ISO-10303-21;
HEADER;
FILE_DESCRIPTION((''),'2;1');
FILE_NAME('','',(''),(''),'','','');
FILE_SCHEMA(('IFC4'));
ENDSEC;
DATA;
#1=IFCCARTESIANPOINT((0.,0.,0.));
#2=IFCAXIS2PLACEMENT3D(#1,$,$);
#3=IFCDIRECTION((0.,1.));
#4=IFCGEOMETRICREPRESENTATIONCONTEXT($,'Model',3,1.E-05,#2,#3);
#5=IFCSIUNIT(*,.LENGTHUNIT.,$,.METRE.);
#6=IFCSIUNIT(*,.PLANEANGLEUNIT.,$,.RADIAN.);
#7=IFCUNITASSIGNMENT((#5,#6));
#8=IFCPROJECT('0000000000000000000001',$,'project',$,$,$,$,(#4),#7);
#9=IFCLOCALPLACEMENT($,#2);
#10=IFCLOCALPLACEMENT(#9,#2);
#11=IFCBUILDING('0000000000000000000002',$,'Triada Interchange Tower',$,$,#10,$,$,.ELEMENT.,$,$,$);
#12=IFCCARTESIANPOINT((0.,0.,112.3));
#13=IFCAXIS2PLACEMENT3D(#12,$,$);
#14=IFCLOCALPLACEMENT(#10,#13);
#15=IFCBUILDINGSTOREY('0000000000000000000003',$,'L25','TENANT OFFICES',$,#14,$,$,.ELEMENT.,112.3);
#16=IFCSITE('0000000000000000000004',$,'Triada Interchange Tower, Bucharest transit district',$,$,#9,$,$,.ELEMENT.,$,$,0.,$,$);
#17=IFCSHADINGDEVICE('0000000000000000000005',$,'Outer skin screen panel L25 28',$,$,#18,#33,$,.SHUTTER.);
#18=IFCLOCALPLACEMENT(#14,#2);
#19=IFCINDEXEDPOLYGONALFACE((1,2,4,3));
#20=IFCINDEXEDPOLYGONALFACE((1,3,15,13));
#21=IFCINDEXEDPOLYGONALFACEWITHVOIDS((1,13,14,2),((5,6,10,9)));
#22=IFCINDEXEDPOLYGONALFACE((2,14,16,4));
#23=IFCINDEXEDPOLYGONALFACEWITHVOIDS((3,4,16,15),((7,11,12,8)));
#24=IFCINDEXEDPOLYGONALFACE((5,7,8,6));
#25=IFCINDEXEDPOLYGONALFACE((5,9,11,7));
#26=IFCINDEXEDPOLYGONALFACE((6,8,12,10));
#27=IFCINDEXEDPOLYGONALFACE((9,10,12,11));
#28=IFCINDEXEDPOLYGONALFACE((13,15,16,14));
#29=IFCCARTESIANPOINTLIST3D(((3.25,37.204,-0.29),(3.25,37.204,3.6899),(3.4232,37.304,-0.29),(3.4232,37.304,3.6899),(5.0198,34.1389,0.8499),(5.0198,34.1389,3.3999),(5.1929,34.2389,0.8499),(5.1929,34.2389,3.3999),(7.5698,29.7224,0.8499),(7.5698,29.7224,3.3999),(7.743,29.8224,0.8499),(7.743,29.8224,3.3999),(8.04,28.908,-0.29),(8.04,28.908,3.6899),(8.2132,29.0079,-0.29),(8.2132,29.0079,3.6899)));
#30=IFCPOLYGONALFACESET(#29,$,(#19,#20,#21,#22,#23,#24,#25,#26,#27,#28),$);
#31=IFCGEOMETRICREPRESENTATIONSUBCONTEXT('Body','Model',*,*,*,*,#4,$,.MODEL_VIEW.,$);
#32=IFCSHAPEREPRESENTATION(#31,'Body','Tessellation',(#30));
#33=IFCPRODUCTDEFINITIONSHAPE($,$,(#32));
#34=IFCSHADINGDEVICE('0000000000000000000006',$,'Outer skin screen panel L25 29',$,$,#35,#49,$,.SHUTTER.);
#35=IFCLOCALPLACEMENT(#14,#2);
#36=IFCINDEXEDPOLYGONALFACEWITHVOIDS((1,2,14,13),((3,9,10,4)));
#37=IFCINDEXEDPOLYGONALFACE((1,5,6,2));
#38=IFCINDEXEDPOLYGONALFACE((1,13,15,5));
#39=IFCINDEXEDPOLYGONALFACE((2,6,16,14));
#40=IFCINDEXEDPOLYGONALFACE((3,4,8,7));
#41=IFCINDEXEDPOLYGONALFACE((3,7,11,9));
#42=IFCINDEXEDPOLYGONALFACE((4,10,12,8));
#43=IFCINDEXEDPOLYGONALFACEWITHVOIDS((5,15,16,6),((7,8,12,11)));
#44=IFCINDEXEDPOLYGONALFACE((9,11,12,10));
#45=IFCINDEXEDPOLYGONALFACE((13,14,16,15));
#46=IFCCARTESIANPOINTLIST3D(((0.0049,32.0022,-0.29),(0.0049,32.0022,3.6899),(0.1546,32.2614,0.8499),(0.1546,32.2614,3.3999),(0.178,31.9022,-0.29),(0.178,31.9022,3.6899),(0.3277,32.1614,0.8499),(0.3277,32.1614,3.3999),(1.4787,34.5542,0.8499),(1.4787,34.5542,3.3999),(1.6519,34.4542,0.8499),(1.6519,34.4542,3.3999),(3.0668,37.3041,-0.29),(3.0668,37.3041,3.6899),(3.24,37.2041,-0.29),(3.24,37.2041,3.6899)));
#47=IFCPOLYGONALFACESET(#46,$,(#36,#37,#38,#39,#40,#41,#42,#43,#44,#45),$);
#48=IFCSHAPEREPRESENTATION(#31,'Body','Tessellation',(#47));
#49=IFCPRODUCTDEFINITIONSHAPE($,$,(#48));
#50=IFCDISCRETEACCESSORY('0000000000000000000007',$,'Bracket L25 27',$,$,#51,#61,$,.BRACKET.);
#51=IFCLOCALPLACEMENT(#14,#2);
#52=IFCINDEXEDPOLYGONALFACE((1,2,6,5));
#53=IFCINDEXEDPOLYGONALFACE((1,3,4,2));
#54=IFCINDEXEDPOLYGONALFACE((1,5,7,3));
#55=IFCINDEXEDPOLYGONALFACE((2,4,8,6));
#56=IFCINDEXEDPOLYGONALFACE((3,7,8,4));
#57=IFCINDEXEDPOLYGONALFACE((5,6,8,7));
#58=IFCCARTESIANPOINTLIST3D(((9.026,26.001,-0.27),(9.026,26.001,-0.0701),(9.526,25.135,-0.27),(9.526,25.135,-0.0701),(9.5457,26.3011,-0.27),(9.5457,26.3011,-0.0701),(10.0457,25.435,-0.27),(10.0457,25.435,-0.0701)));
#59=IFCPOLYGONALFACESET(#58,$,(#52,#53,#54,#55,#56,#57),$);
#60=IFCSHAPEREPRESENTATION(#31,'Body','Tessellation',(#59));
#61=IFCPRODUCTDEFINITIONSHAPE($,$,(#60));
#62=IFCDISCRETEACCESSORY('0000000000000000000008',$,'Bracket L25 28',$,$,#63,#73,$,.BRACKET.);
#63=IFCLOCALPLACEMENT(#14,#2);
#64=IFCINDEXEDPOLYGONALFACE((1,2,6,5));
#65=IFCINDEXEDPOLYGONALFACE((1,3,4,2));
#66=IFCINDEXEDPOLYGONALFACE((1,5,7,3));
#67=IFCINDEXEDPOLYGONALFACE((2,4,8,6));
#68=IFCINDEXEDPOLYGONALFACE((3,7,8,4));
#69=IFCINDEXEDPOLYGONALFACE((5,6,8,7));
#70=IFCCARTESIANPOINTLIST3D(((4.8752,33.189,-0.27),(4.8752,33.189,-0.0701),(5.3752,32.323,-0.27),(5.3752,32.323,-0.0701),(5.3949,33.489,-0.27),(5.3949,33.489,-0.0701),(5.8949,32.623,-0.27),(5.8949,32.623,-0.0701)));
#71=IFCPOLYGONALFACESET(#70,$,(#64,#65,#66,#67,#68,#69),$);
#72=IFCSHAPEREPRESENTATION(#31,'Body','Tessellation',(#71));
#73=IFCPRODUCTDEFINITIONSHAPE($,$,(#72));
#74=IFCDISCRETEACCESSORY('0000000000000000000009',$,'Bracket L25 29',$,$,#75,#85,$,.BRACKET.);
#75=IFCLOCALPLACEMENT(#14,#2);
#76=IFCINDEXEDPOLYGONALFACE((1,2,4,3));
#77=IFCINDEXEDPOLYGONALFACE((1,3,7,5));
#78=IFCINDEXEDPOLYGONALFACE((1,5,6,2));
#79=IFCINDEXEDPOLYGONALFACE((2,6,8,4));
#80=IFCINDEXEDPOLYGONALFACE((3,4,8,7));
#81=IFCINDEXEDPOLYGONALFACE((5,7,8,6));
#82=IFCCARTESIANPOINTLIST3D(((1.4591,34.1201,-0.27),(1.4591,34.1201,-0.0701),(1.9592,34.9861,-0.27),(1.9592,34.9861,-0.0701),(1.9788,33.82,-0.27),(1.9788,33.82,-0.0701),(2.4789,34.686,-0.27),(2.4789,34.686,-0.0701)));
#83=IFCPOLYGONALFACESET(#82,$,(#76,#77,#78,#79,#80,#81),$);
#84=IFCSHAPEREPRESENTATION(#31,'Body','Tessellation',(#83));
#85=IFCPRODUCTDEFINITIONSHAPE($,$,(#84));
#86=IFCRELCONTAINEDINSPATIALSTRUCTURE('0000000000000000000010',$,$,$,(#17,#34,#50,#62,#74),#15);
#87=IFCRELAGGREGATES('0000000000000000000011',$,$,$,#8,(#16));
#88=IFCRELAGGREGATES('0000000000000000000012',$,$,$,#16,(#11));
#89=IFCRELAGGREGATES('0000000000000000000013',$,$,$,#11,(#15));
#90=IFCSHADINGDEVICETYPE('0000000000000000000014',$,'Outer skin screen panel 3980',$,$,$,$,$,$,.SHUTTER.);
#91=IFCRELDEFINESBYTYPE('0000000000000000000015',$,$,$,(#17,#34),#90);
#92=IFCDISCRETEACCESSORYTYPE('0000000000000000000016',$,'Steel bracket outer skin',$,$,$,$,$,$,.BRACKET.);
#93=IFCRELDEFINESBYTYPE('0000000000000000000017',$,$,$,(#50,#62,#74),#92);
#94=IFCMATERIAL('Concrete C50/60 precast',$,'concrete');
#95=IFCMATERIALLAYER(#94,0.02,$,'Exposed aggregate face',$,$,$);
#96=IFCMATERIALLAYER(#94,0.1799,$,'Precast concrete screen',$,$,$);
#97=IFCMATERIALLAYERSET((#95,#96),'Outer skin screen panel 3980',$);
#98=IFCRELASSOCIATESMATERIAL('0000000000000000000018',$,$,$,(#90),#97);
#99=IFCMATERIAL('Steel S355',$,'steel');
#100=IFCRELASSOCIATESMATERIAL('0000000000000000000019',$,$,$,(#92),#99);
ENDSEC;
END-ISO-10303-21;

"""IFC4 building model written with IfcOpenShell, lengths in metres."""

from ifc_helpers import new_model, si_unit, direction, frame, origin, origin_2d, place, context, subcontext, project, spatial, polyline, rectangle, outline, extrude, material, layer, layer_set, type_object, element, save


model = new_model("IFC4")

# Units and contexts
model_context = context("Model", 3, precision=1e-05, world=origin(), true_north=direction((0.0, 1.0)))
body_context = subcontext(model_context, "Body", "Model", "MODEL_VIEW")
ifc_project = project(units=[si_unit("LENGTHUNIT", "METRE"), si_unit("PLANEANGLEUNIT", "RADIAN")], contexts=[model_context])

# Site, building, storey
site_placement = place(None, origin())
site = spatial("IfcSite", under=ifc_project, at=site_placement, Name="Triada Interchange Tower, Bucharest transit district", CompositionType="ELEMENT", RefElevation=0.0)
building_placement = place(site_placement, origin())
building = spatial("IfcBuilding", under=site, at=building_placement, Name="Triada Interchange Tower", CompositionType="ELEMENT")
storey_placement = place(building_placement, frame((0.0, 0.0, 112.3)))
storey = spatial("IfcBuildingStorey", under=building, at=storey_placement, Name="L25", Description="TENANT OFFICES", CompositionType="ELEMENT", Elevation=112.3)

# Shading devices
ifc_material_1 = material(Name="Concrete C50/60 precast", Category="concrete")
ifc_layer_1 = layer(ifc_material_1, 0.02, Name="Exposed aggregate face")
ifc_layer_2 = layer(ifc_material_1, 0.1799, Name="Precast concrete screen")
ifc_layer_set_1 = layer_set([ifc_layer_1, ifc_layer_2], Name="Outer skin screen panel 3980")
shading_device_type = type_object("IfcShadingDeviceType", Name="Outer skin screen panel 3980", PredefinedType="SHUTTER", material=ifc_layer_set_1)
shading_device_1_placement = place(storey_placement, frame((8.04, 28.908, -0.29), z_axis=(0.0, 0.0, 1.0), x_axis=(-0.50002, 0.866014, 0.0)))
element("IfcShadingDevice", 1, at=shading_device_1_placement, inside=storey, type_object=shading_device_type, Name="Outer skin screen panel L25 28", PredefinedType="SHUTTER", context=body_context, shape_type="SweptSolid", body=[
    extrude(outline(polyline([(0.0, 0.0), (9.5796, 0.0), (9.5796, 3.98), (0.0, 3.98), (0.0, 0.0)]), holes=[polyline([(0.9404, 1.1399), (0.9404, 3.6899), (6.0403, 3.6899), (6.0403, 1.1399), (0.9404, 1.1399)])]), frame((0.0, 0.0, 0.0), z_axis=(0.0, -1.0, 0.0), x_axis=(1.0, 0.0, 0.0)), (0.0, 0.0, 1.0), 0.2),
])
shading_device_2_placement = place(storey_placement, frame((3.24, 37.2041, -0.29), z_axis=(0.0, 0.0, 1.0), x_axis=(-0.50011, -0.865962, 0.0)))
element("IfcShadingDevice", 2, at=shading_device_2_placement, inside=storey, type_object=shading_device_type, Name="Outer skin screen panel L25 29", PredefinedType="SHUTTER", context=body_context, shape_type="SweptSolid", body=[
    extrude(outline(polyline([(0.0, 0.0), (6.1226, 0.0), (6.1226, 3.98), (0.0, 3.98), (0.0, 0.0)]), holes=[polyline([(3.1755, 1.1399), (3.1755, 3.6899), (5.8232, 3.6899), (5.8232, 1.1399), (3.1755, 1.1399)])]), frame((0.0, 0.0, 0.0), z_axis=(0.0, -1.0, 0.0), x_axis=(1.0, 0.0, 0.0)), (0.0, 0.0, 1.0), 0.2),
])

# Discrete accessories
ifc_material_2 = material(Name="Steel S355", Category="steel")
discrete_accessory_type = type_object("IfcDiscreteAccessoryType", Name="Steel bracket outer skin", PredefinedType="BRACKET", material=ifc_material_2)
for number, where, z_axis, x_axis, name in (
    (3, (9.5359, 25.718, -0.27), (0.0, 0.0, 1.0), (0.866022, 0.500006, 0.0), "Bracket L25 27"),
    (4, (5.385, 32.906, -0.27), (0.0, 0.0, 1.0), (0.866022, 0.500006, 0.0), "Bracket L25 28"),
    (5, (1.969, 34.4031, -0.27), (0.0, 0.0, 1.0), (-0.866006, 0.500034, 0.0), "Bracket L25 29"),
):
    element("IfcDiscreteAccessory", number, at=place(storey_placement, frame(where, z_axis=z_axis, x_axis=x_axis)), inside=storey, type_object=discrete_accessory_type, Name=name, PredefinedType="BRACKET", context=body_context, shape_type="SweptSolid", body=[
        extrude(rectangle(XDim=0.6001, YDim=1.0, at=origin_2d()), origin(), (0.0, 0.0, 1.0), 0.2),
    ])

save(model, "model.ifc")
